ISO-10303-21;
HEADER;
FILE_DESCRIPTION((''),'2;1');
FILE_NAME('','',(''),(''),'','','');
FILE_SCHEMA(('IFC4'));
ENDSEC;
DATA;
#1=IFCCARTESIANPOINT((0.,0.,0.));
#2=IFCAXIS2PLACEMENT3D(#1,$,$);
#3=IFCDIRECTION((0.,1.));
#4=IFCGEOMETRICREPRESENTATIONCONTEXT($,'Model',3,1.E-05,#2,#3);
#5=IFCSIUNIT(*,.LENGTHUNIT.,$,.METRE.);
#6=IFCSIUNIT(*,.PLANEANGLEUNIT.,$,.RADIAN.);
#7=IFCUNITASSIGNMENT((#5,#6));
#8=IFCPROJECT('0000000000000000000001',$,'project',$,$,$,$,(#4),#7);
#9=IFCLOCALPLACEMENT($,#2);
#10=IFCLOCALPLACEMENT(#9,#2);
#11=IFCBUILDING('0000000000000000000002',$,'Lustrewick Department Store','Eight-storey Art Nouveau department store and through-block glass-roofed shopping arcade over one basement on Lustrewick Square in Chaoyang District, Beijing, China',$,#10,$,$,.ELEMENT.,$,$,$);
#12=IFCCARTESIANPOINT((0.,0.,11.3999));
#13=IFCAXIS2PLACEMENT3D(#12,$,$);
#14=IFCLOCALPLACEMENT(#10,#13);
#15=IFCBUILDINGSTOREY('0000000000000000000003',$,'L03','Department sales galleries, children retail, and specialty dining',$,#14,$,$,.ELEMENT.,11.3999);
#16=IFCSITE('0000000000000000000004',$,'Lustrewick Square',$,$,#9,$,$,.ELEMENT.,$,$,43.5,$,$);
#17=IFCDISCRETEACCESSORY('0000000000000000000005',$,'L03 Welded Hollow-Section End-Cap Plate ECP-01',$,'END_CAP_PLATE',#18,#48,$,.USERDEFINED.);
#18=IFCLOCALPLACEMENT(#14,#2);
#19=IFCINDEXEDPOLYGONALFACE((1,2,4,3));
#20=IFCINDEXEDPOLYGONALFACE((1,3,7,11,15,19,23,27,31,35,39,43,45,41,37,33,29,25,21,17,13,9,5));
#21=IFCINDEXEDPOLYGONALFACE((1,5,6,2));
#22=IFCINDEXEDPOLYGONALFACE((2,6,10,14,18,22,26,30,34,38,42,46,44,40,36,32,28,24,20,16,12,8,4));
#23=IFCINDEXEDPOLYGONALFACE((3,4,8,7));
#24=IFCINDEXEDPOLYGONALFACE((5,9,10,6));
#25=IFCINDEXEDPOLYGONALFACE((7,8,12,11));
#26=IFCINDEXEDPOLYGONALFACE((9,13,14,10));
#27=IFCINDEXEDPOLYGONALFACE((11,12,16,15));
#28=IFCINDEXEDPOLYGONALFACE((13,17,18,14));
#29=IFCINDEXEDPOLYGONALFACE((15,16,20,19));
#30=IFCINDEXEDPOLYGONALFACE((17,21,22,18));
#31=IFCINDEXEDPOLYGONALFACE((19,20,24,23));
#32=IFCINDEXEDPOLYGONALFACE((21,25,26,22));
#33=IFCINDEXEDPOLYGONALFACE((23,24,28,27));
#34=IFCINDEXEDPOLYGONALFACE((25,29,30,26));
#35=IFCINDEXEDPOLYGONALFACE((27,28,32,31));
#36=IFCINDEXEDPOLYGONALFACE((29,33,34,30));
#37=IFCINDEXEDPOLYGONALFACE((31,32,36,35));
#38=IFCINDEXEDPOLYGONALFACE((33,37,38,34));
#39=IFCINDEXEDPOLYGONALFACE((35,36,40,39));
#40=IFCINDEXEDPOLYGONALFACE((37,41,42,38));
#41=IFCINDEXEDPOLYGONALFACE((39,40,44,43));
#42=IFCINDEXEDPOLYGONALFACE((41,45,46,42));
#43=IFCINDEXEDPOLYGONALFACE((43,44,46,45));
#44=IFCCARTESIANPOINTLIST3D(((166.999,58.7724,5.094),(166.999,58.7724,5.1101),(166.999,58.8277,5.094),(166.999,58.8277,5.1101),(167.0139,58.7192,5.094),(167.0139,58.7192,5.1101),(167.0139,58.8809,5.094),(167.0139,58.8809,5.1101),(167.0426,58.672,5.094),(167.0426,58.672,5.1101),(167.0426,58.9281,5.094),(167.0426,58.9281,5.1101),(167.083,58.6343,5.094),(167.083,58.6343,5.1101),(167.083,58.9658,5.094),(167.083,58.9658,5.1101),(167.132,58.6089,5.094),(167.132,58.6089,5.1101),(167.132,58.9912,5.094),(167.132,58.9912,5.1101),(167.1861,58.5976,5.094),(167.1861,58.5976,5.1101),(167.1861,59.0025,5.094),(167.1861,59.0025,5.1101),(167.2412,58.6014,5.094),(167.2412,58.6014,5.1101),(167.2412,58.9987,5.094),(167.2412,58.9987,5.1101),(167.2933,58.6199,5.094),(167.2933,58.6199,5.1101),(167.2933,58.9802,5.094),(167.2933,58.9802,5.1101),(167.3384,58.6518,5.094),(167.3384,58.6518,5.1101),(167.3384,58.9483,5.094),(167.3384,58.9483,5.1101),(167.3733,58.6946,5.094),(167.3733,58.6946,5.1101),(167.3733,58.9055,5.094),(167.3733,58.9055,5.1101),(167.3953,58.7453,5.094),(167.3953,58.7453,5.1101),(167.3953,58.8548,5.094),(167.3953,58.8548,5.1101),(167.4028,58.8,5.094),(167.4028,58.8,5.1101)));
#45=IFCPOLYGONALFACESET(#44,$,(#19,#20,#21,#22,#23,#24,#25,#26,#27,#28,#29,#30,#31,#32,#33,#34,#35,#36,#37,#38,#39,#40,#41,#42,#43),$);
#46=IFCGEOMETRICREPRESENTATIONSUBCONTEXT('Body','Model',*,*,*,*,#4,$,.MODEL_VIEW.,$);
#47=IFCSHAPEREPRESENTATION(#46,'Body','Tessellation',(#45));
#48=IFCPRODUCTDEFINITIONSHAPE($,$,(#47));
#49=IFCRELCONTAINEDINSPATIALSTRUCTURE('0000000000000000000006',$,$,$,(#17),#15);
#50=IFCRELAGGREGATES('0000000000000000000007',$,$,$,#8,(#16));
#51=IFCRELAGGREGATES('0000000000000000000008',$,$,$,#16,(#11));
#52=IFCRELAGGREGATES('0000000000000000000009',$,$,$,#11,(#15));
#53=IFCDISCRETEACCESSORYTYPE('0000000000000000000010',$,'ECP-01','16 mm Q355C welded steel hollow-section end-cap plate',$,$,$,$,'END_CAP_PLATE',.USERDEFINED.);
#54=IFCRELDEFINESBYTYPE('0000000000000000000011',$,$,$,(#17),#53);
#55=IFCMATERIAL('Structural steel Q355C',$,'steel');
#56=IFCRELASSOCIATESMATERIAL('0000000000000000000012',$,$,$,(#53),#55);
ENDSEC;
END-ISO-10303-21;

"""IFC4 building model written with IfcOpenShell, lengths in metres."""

from ifc_helpers import new_model, si_unit, direction, frame, origin, origin_2d, place, context, subcontext, project, spatial, circle, extrude, material, type_object, element, save


model = new_model("IFC4")

# Units and contexts
model_context = context("Model", 3, precision=1e-05, world=origin(), true_north=direction((0.0, 1.0)))
body_context = subcontext(model_context, "Body", "Model", "MODEL_VIEW")
ifc_project = project(units=[si_unit("LENGTHUNIT", "METRE"), si_unit("PLANEANGLEUNIT", "RADIAN")], contexts=[model_context])

# Site, building, storey
site_placement = place(None, origin())
site = spatial("IfcSite", under=ifc_project, at=site_placement, Name="Lustrewick Square", CompositionType="ELEMENT", RefElevation=43.5)
building_placement = place(site_placement, origin())
building = spatial("IfcBuilding", under=site, at=building_placement, Name="Lustrewick Department Store", Description="Eight-storey Art Nouveau department store and through-block glass-roofed shopping arcade over one basement on Lustrewick Square in Chaoyang District, Beijing, China", CompositionType="ELEMENT")
storey_placement = place(building_placement, frame((0.0, 0.0, 11.3999)))
storey = spatial("IfcBuildingStorey", under=building, at=storey_placement, Name="L03", Description="Department sales galleries, children retail, and specialty dining", CompositionType="ELEMENT", Elevation=11.3999)

# Shared definitions
ifc_material_1 = material(Name="Structural steel Q355C", Category="steel")

# Discrete accessory
discrete_accessory_type = type_object("IfcDiscreteAccessoryType", Name="ECP-01", Description="16 mm Q355C welded steel hollow-section end-cap plate", ElementType="END_CAP_PLATE", PredefinedType="USERDEFINED", material=ifc_material_1)
discrete_accessory_1_placement = place(storey_placement, frame((167.2, 58.8, 5.094), z_axis=(0.0, 0.0, 1.0), x_axis=(1.0, 0.0, 0.0)))
element("IfcDiscreteAccessory", 1, at=discrete_accessory_1_placement, inside=storey, type_object=discrete_accessory_type, Name="L03 Welded Hollow-Section End-Cap Plate ECP-01", ObjectType="END_CAP_PLATE", PredefinedType="USERDEFINED", context=body_context, shape_type="SweptSolid", body=[
    extrude(circle(Radius=0.2029, at=origin_2d()), origin(), (0.0, 0.0, 1.0), 0.0161),
])

save(model, "model.ifc")
